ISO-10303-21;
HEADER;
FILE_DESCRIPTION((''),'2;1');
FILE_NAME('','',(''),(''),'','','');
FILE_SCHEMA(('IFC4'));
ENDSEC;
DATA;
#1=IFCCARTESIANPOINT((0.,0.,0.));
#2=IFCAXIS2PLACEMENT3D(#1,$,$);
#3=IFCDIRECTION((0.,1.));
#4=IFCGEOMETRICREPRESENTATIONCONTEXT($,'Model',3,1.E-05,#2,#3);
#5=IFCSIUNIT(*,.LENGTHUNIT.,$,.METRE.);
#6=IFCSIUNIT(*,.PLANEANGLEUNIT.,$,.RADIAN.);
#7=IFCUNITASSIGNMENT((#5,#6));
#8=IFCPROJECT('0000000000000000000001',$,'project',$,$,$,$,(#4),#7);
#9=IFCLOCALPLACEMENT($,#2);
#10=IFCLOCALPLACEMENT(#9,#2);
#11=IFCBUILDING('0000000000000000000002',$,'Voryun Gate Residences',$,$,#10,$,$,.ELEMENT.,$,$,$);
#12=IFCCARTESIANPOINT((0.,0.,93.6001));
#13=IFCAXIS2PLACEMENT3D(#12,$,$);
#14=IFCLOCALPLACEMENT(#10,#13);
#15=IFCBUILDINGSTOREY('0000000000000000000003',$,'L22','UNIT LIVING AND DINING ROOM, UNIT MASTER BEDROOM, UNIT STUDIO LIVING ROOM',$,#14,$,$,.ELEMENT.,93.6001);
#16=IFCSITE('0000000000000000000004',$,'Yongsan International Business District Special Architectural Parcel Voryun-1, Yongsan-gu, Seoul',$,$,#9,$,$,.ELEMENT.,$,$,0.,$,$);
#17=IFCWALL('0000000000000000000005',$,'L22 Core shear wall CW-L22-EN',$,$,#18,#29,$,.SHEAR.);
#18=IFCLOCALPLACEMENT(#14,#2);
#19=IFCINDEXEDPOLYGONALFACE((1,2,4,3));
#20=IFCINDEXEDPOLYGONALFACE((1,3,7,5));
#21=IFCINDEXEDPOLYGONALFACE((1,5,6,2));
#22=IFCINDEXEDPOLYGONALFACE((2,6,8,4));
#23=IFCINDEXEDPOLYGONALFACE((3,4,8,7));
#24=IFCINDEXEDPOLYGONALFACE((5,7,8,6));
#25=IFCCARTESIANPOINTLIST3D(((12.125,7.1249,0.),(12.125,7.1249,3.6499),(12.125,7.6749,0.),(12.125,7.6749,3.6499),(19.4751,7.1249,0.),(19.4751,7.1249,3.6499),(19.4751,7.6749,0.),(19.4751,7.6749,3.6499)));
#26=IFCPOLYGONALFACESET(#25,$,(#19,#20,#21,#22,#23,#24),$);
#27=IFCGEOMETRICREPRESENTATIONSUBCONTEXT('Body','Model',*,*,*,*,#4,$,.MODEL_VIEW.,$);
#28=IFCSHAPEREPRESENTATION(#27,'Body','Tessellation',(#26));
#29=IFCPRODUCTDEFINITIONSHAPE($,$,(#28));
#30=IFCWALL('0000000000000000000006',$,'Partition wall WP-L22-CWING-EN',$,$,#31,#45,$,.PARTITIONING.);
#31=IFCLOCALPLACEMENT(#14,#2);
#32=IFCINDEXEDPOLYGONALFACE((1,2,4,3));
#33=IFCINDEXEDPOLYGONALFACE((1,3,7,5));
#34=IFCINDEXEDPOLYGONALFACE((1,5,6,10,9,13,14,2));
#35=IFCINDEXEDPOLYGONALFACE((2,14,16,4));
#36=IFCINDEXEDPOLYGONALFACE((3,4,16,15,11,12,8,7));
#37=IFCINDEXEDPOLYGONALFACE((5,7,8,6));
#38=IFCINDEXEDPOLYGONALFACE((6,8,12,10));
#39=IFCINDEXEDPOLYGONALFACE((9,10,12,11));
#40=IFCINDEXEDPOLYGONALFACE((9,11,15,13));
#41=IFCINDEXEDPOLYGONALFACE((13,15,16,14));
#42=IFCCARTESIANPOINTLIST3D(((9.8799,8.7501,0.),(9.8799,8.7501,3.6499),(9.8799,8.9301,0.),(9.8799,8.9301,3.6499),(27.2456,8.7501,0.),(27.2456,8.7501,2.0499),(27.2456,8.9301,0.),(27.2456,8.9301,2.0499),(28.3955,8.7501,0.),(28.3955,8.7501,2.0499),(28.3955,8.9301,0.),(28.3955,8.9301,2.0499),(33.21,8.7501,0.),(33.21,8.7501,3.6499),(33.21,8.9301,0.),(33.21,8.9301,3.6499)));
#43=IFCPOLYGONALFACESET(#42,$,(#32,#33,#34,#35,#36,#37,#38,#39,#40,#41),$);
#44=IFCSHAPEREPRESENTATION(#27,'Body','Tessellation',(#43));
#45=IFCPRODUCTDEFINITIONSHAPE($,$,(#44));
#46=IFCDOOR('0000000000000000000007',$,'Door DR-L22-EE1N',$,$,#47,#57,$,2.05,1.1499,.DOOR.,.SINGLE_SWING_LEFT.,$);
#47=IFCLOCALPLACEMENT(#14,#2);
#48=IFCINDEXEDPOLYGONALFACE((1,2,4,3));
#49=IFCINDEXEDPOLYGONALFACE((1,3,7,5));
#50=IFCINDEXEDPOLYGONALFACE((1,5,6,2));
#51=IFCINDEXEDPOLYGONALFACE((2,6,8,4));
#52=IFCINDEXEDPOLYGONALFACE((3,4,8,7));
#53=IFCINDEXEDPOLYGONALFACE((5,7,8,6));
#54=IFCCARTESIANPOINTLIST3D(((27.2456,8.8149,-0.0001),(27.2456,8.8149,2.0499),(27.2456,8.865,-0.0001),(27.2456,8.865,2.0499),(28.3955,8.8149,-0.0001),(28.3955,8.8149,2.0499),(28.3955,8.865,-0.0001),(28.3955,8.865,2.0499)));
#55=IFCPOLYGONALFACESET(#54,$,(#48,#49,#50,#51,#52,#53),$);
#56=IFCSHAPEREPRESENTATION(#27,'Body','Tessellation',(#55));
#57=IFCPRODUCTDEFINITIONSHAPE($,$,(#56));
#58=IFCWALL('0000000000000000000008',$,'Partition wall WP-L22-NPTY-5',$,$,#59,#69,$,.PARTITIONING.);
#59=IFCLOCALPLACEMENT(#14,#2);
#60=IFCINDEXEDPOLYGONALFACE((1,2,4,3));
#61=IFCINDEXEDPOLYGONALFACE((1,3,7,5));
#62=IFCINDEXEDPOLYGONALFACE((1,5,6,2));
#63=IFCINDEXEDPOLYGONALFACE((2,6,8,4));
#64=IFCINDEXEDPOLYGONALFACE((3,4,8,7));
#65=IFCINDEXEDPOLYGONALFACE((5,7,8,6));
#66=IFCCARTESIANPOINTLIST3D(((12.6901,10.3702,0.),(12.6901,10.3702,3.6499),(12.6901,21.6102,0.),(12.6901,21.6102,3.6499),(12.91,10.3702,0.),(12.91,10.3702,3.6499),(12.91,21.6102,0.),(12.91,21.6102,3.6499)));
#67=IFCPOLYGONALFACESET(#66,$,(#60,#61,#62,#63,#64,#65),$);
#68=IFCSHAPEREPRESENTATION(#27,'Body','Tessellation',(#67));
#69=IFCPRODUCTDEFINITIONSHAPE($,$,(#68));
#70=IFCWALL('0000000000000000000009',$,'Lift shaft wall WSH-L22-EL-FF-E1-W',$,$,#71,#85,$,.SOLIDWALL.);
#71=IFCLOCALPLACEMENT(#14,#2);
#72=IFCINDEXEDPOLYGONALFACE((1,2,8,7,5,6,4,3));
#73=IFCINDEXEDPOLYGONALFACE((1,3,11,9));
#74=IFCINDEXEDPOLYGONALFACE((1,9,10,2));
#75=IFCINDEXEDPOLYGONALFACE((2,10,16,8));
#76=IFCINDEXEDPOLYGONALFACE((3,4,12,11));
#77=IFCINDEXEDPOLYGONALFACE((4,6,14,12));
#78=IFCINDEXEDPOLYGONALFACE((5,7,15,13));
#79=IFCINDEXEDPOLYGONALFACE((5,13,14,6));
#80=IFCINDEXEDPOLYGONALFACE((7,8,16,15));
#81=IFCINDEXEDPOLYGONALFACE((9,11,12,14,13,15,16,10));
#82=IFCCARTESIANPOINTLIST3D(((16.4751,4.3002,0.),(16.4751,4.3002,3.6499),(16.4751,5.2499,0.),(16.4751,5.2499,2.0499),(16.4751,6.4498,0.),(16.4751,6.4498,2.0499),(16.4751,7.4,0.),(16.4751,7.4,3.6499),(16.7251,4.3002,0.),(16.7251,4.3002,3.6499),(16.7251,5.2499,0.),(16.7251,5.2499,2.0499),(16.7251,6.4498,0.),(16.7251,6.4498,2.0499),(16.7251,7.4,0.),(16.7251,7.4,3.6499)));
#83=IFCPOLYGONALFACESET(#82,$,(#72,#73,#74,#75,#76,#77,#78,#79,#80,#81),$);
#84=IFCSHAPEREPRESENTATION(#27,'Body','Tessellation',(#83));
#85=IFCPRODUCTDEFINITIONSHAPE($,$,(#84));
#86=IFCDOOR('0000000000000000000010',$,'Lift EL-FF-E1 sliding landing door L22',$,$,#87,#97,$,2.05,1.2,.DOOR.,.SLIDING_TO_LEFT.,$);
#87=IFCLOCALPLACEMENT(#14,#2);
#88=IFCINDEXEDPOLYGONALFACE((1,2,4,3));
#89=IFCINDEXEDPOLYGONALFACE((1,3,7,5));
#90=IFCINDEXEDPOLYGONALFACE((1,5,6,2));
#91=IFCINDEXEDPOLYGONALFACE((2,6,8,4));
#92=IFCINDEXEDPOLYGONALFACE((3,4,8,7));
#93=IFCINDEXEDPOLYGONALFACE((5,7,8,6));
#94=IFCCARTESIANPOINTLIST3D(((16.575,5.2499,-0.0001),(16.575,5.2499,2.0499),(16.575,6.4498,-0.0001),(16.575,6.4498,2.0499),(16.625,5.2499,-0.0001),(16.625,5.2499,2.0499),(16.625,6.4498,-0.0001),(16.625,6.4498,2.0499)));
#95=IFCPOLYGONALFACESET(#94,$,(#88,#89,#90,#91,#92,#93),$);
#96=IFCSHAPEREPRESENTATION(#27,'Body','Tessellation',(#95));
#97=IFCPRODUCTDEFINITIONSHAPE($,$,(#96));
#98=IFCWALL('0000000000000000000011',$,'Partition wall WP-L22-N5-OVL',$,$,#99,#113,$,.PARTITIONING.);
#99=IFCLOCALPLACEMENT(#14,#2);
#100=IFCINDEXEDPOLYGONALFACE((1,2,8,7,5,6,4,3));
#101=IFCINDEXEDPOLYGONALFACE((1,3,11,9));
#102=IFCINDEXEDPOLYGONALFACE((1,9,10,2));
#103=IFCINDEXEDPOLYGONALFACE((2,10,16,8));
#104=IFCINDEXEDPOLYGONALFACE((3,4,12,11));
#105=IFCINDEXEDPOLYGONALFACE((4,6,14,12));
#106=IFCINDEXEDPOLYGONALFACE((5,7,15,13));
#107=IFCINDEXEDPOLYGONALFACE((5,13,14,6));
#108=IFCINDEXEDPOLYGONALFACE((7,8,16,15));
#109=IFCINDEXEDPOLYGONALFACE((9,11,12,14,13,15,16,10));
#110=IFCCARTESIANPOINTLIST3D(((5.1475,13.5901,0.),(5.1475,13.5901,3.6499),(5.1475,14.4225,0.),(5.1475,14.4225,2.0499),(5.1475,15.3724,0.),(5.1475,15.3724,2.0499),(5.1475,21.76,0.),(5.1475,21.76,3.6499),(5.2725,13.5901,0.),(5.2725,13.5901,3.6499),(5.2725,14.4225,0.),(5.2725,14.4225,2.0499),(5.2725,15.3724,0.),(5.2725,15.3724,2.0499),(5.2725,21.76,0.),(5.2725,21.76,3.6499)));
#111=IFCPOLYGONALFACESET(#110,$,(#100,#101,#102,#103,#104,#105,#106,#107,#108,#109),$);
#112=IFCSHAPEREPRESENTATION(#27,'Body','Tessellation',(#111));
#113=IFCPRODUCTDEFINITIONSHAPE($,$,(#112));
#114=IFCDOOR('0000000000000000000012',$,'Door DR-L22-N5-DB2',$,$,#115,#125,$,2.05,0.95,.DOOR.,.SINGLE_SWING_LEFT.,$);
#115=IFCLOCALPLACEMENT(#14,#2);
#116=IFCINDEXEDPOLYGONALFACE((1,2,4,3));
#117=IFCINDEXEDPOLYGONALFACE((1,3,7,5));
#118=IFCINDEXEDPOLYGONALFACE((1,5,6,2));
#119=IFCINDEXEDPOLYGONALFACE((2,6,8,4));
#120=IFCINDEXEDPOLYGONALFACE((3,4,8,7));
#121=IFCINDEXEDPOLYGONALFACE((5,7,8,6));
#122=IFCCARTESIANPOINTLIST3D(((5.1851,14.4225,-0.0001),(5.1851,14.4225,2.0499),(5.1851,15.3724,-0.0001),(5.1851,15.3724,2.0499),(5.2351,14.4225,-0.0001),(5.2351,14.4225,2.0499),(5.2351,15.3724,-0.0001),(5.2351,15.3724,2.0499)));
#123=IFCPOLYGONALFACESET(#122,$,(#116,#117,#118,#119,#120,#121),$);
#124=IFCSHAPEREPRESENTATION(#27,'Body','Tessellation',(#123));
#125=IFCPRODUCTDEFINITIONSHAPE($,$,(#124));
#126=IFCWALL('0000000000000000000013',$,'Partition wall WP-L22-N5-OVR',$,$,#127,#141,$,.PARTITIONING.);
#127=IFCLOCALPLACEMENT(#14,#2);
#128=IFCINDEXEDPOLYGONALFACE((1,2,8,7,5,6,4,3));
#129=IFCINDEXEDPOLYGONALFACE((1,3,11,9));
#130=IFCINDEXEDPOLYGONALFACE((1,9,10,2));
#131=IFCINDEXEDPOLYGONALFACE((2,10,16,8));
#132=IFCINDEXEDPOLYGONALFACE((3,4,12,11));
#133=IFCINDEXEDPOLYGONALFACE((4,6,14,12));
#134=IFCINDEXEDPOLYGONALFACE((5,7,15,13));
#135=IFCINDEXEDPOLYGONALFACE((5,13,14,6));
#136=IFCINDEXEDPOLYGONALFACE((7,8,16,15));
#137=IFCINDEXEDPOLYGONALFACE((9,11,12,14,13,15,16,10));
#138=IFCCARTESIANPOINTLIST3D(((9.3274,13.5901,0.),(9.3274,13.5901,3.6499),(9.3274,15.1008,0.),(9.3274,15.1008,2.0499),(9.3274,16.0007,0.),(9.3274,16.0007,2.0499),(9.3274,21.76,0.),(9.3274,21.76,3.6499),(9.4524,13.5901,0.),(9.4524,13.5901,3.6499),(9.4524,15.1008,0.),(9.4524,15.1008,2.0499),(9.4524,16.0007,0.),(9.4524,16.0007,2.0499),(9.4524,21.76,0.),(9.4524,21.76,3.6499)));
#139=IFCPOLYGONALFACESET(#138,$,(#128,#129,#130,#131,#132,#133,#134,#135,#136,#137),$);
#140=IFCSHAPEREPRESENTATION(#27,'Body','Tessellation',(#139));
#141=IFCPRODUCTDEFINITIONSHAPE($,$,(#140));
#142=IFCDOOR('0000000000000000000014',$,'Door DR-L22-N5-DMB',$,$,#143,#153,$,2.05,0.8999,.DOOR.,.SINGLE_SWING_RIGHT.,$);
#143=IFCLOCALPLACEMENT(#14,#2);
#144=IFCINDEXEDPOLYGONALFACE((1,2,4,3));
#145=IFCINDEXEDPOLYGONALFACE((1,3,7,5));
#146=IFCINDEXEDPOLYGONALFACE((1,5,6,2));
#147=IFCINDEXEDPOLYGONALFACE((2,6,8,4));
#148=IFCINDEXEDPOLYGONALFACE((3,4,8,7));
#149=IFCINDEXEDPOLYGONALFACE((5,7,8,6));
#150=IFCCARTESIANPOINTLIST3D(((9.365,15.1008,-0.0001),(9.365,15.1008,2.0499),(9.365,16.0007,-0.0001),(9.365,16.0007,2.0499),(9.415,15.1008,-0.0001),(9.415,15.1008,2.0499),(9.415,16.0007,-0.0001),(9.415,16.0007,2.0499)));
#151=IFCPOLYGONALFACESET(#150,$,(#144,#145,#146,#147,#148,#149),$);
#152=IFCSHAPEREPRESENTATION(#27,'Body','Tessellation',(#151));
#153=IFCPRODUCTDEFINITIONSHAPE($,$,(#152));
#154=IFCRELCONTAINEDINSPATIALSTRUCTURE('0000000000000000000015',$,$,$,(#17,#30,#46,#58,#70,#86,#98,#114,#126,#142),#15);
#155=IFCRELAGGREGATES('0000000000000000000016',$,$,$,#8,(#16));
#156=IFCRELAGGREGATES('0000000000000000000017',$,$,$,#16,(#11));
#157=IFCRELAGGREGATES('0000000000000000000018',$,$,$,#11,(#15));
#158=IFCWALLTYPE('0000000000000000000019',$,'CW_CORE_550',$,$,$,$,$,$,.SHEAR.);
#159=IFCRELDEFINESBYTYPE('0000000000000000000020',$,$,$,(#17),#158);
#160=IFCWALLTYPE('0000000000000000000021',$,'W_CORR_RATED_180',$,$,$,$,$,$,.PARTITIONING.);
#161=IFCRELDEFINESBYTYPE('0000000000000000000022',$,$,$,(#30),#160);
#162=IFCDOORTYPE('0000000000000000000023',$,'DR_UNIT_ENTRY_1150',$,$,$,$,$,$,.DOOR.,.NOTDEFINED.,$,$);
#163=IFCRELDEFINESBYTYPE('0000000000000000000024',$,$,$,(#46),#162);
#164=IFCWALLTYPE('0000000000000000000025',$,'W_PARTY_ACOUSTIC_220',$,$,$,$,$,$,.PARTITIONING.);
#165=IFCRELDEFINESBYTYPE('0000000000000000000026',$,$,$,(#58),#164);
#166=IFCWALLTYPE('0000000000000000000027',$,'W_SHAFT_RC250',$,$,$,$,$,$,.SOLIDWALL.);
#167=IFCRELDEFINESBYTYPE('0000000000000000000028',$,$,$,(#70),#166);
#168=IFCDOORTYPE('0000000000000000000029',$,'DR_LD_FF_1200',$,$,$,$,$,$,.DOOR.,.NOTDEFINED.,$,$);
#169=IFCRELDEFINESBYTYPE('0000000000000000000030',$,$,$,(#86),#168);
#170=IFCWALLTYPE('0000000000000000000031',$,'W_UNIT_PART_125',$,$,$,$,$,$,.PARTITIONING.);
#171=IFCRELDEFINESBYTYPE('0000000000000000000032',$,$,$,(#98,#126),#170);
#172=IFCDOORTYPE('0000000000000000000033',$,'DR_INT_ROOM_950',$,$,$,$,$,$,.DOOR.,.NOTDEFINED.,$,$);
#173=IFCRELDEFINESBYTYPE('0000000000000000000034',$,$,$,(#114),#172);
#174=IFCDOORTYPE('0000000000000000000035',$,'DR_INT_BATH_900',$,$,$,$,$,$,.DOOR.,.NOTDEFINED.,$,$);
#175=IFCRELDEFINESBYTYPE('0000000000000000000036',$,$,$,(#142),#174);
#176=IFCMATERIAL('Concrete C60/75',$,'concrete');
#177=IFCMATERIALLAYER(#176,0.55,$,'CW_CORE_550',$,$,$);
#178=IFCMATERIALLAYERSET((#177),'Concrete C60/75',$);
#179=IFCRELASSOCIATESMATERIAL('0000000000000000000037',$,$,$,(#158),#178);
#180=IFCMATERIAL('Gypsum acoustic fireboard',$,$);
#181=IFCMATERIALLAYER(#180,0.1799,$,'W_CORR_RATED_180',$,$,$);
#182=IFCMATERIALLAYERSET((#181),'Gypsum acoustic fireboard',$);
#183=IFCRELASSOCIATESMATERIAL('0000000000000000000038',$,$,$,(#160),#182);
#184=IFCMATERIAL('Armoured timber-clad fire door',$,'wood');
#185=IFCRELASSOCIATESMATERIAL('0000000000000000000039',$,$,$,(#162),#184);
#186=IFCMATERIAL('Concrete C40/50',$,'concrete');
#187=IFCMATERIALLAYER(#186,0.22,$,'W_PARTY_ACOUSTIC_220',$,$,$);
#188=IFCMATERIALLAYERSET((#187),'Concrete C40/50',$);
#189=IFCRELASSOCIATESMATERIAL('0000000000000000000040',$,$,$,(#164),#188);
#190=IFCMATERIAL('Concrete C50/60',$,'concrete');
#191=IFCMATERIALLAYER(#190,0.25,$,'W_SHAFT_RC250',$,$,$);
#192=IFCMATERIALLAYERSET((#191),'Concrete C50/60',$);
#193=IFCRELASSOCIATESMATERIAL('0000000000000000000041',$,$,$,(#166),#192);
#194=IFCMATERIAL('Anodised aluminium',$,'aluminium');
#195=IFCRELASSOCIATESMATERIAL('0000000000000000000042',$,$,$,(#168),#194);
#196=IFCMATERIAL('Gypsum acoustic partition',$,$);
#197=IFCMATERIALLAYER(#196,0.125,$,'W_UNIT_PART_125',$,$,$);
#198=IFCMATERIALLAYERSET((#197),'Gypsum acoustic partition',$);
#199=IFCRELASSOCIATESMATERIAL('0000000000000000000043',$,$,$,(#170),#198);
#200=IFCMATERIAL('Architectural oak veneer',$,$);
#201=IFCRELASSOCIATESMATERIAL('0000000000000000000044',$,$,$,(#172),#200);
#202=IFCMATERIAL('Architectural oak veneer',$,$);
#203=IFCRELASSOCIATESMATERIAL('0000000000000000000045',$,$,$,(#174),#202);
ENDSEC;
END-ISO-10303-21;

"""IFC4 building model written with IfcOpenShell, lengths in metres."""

from ifc_helpers import new_model, si_unit, direction, frame, frame_2d, origin, place, context, subcontext, project, spatial, rectangle, extrude, material, layer, layer_set, type_object, element, fill, save


model = new_model("IFC4")

# Units and contexts
model_context = context("Model", 3, precision=1e-05, world=origin(), true_north=direction((0.0, 1.0)))
body_context = subcontext(model_context, "Body", "Model", "MODEL_VIEW")
ifc_project = project(units=[si_unit("LENGTHUNIT", "METRE"), si_unit("PLANEANGLEUNIT", "RADIAN")], contexts=[model_context])

# Site, building, storey
site_placement = place(None, origin())
site = spatial("IfcSite", under=ifc_project, at=site_placement, Name="Yongsan International Business District Special Architectural Parcel Voryun-1, Yongsan-gu, Seoul", CompositionType="ELEMENT", RefElevation=0.0)
building_placement = place(site_placement, origin())
building = spatial("IfcBuilding", under=site, at=building_placement, Name="Voryun Gate Residences", CompositionType="ELEMENT")
storey_placement = place(building_placement, frame((0.0, 0.0, 93.6001)))
storey = spatial("IfcBuildingStorey", under=building, at=storey_placement, Name="L22", Description="UNIT LIVING AND DINING ROOM, UNIT MASTER BEDROOM, UNIT STUDIO LIVING ROOM", CompositionType="ELEMENT", Elevation=93.6001)

# Wall
ifc_material_1 = material(Name="Concrete C60/75", Category="concrete")
ifc_layer_1 = layer(ifc_material_1, 0.55, Name="CW_CORE_550")
ifc_layer_set_1 = layer_set([ifc_layer_1], Name="Concrete C60/75")
wall_type_1 = type_object("IfcWallType", Name="CW_CORE_550", PredefinedType="SHEAR", material=ifc_layer_set_1)
wall_1_placement = place(storey_placement, frame((12.125, 7.3999, 0.0), z_axis=(0.0, 0.0, 1.0), x_axis=(1.0, 0.0, 0.0)))
element("IfcWall", 1, at=wall_1_placement, inside=storey, type_object=wall_type_1, Name="L22 Core shear wall CW-L22-EN", PredefinedType="SHEAR", context=body_context, shape_type="SweptSolid", body=[
    extrude(rectangle(XDim=7.3501, YDim=0.55, at=frame_2d((3.675, 0.0))), origin(), (0.0, 0.0, 1.0), 3.6499),
])

# Wall, opening, door
ifc_material_2 = material(Name="Gypsum acoustic fireboard")
ifc_layer_2 = layer(ifc_material_2, 0.1799, Name="W_CORR_RATED_180")
ifc_layer_set_2 = layer_set([ifc_layer_2], Name="Gypsum acoustic fireboard")
wall_type_2 = type_object("IfcWallType", Name="W_CORR_RATED_180", PredefinedType="PARTITIONING", material=ifc_layer_set_2)
wall_2_placement = place(storey_placement, frame((9.8799, 8.8401, 0.0), z_axis=(0.0, 0.0, 1.0), x_axis=(1.0, 0.0, 0.0)))
wall_2 = element("IfcWall", 2, at=wall_2_placement, inside=storey, type_object=wall_type_2, Name="Partition wall WP-L22-CWING-EN", PredefinedType="PARTITIONING", context=body_context, shape_type="SweptSolid", body=[
    extrude(rectangle(XDim=23.3301, YDim=0.1799, at=frame_2d((11.665, 0.0))), origin(), (0.0, 0.0, 1.0), 3.6499),
])
opening_1_placement = place(wall_2_placement, frame((17.3657, 0.0, 0.0)))
opening_1 = element("IfcOpeningElement", 3, at=opening_1_placement, cuts=wall_2, PredefinedType="OPENING", context=body_context, shape_type="SweptSolid", body=[
    extrude(rectangle(XDim=1.1499, YDim=2.05, at=frame_2d((0.575, 1.0249))), frame((0.0, 0.0999, 0.0), z_axis=(0.0, -1.0, 0.0), x_axis=(1.0, 0.0, 0.0)), (0.0, 0.0, 1.0), 0.2),
])
ifc_material_3 = material(Name="Armoured timber-clad fire door", Category="wood")
door_type_1 = type_object("IfcDoorType", Name="DR_UNIT_ENTRY_1150", OperationType="NOTDEFINED", PredefinedType="DOOR", material=ifc_material_3)
door_1_placement = place(opening_1_placement, origin())
door_1 = element("IfcDoor", 4, at=door_1_placement, inside=storey, type_object=door_type_1, Name="Door DR-L22-EE1N", OperationType="SINGLE_SWING_LEFT", OverallHeight=2.05, OverallWidth=1.1499, PredefinedType="DOOR", context=body_context, shape_type="SweptSolid", body=[
    extrude(rectangle(XDim=1.1499, YDim=2.05, at=frame_2d((0.575, 1.0249))), frame((0.0, 0.0249, 0.0), z_axis=(0.0, -1.0, 0.0), x_axis=(1.0, 0.0, 0.0)), (0.0, 0.0, 1.0), 0.05),
])
fill(opening_1, door_1)

# Wall
ifc_material_4 = material(Name="Concrete C40/50", Category="concrete")
ifc_layer_3 = layer(ifc_material_4, 0.22, Name="W_PARTY_ACOUSTIC_220")
ifc_layer_set_3 = layer_set([ifc_layer_3], Name="Concrete C40/50")
wall_type_3 = type_object("IfcWallType", Name="W_PARTY_ACOUSTIC_220", PredefinedType="PARTITIONING", material=ifc_layer_set_3)
wall_3_placement = place(storey_placement, frame((12.8, 10.3701, 0.0), z_axis=(0.0, 0.0, 1.0), x_axis=(0.0, 1.0, 0.0)))
element("IfcWall", 5, at=wall_3_placement, inside=storey, type_object=wall_type_3, Name="Partition wall WP-L22-NPTY-5", PredefinedType="PARTITIONING", context=body_context, shape_type="SweptSolid", body=[
    extrude(rectangle(XDim=11.24, YDim=0.22, at=frame_2d((5.6201, 0.0))), origin(), (0.0, 0.0, 1.0), 3.6499),
])

# Walls, openings, doors
ifc_material_5 = material(Name="Concrete C50/60", Category="concrete")
ifc_layer_4 = layer(ifc_material_5, 0.25, Name="W_SHAFT_RC250")
ifc_layer_set_4 = layer_set([ifc_layer_4], Name="Concrete C50/60")
wall_type_4 = type_object("IfcWallType", Name="W_SHAFT_RC250", PredefinedType="SOLIDWALL", material=ifc_layer_set_4)
wall_4_placement = place(storey_placement, frame((16.6001, 7.3999, 0.0), z_axis=(0.0, 0.0, 1.0), x_axis=(0.0, -1.0, 0.0)))
wall_4 = element("IfcWall", 6, at=wall_4_placement, inside=storey, type_object=wall_type_4, Name="Lift shaft wall WSH-L22-EL-FF-E1-W", PredefinedType="SOLIDWALL", context=body_context, shape_type="SweptSolid", body=[
    extrude(rectangle(XDim=3.0999, YDim=0.25, at=frame_2d((1.5498, 0.0))), origin(), (0.0, 0.0, 1.0), 3.6499),
])
opening_2_placement = place(wall_4_placement, frame((0.95, 0.0, 0.0)))
opening_2 = element("IfcOpeningElement", 7, at=opening_2_placement, cuts=wall_4, PredefinedType="OPENING", context=body_context, shape_type="SweptSolid", body=[
    extrude(rectangle(XDim=1.2, YDim=2.05, at=frame_2d((0.6001, 1.0249))), frame((0.0, 0.135, 0.0), z_axis=(0.0, -1.0, 0.0), x_axis=(1.0, 0.0, 0.0)), (0.0, 0.0, 1.0), 0.27),
])
ifc_material_6 = material(Name="Anodised aluminium", Category="aluminium")
door_type_2 = type_object("IfcDoorType", Name="DR_LD_FF_1200", OperationType="NOTDEFINED", PredefinedType="DOOR", material=ifc_material_6)
door_2_placement = place(opening_2_placement, origin())
door_2 = element("IfcDoor", 8, at=door_2_placement, inside=storey, type_object=door_type_2, Name="Lift EL-FF-E1 sliding landing door L22", OperationType="SLIDING_TO_LEFT", OverallHeight=2.05, OverallWidth=1.2, PredefinedType="DOOR", context=body_context, shape_type="SweptSolid", body=[
    extrude(rectangle(XDim=1.2, YDim=2.05, at=frame_2d((0.6001, 1.0249))), frame((0.0, 0.0249, 0.0), z_axis=(0.0, -1.0, 0.0), x_axis=(1.0, 0.0, 0.0)), (0.0, 0.0, 1.0), 0.05),
])
fill(opening_2, door_2)
ifc_material_7 = material(Name="Gypsum acoustic partition")
ifc_layer_5 = layer(ifc_material_7, 0.125, Name="W_UNIT_PART_125")
ifc_layer_set_5 = layer_set([ifc_layer_5], Name="Gypsum acoustic partition")
wall_type_5 = type_object("IfcWallType", Name="W_UNIT_PART_125", PredefinedType="PARTITIONING", material=ifc_layer_set_5)
wall_5_placement = place(storey_placement, frame((5.21, 13.5901, 0.0), z_axis=(0.0, 0.0, 1.0), x_axis=(0.0, 1.0, 0.0)))
wall_5 = element("IfcWall", 9, at=wall_5_placement, inside=storey, type_object=wall_type_5, Name="Partition wall WP-L22-N5-OVL", PredefinedType="PARTITIONING", context=body_context, shape_type="SweptSolid", body=[
    extrude(rectangle(XDim=8.1699, YDim=0.125, at=frame_2d((4.085, 0.0))), origin(), (0.0, 0.0, 1.0), 3.6499),
])
opening_3_placement = place(wall_5_placement, frame((0.8323, 0.0, 0.0)))
opening_3 = element("IfcOpeningElement", 10, at=opening_3_placement, cuts=wall_5, PredefinedType="OPENING", context=body_context, shape_type="SweptSolid", body=[
    extrude(rectangle(XDim=0.95, YDim=2.05, at=frame_2d((0.4751, 1.0249))), frame((0.0, 0.0725, 0.0), z_axis=(0.0, -1.0, 0.0), x_axis=(1.0, 0.0, 0.0)), (0.0, 0.0, 1.0), 0.145),
])
ifc_material_8 = material(Name="Architectural oak veneer")
door_type_3 = type_object("IfcDoorType", Name="DR_INT_ROOM_950", OperationType="NOTDEFINED", PredefinedType="DOOR", material=ifc_material_8)
door_3_placement = place(opening_3_placement, origin())
door_3 = element("IfcDoor", 11, at=door_3_placement, inside=storey, type_object=door_type_3, Name="Door DR-L22-N5-DB2", OperationType="SINGLE_SWING_LEFT", OverallHeight=2.05, OverallWidth=0.95, PredefinedType="DOOR", context=body_context, shape_type="SweptSolid", body=[
    extrude(rectangle(XDim=0.95, YDim=2.05, at=frame_2d((0.4751, 1.0249))), frame((0.0, 0.0249, 0.0), z_axis=(0.0, -1.0, 0.0), x_axis=(1.0, 0.0, 0.0)), (0.0, 0.0, 1.0), 0.05),
])
fill(opening_3, door_3)
wall_6_placement = place(storey_placement, frame((9.3899, 13.5901, 0.0), z_axis=(0.0, 0.0, 1.0), x_axis=(0.0, 1.0, 0.0)))
wall_6 = element("IfcWall", 12, at=wall_6_placement, inside=storey, type_object=wall_type_5, Name="Partition wall WP-L22-N5-OVR", PredefinedType="PARTITIONING", context=body_context, shape_type="SweptSolid", body=[
    extrude(rectangle(XDim=8.1699, YDim=0.125, at=frame_2d((4.085, 0.0))), origin(), (0.0, 0.0, 1.0), 3.6499),
])
opening_4_placement = place(wall_6_placement, frame((1.5107, 0.0, 0.0)))
opening_4 = element("IfcOpeningElement", 13, at=opening_4_placement, cuts=wall_6, PredefinedType="OPENING", context=body_context, shape_type="SweptSolid", body=[
    extrude(rectangle(XDim=0.8999, YDim=2.05, at=frame_2d((0.45, 1.0249))), frame((0.0, 0.0725, 0.0), z_axis=(0.0, -1.0, 0.0), x_axis=(1.0, 0.0, 0.0)), (0.0, 0.0, 1.0), 0.145),
])
ifc_material_9 = material(Name="Architectural oak veneer")
door_type_4 = type_object("IfcDoorType", Name="DR_INT_BATH_900", OperationType="NOTDEFINED", PredefinedType="DOOR", material=ifc_material_9)
door_4_placement = place(opening_4_placement, origin())
door_4 = element("IfcDoor", 14, at=door_4_placement, inside=storey, type_object=door_type_4, Name="Door DR-L22-N5-DMB", OperationType="SINGLE_SWING_RIGHT", OverallHeight=2.05, OverallWidth=0.8999, PredefinedType="DOOR", context=body_context, shape_type="SweptSolid", body=[
    extrude(rectangle(XDim=0.8999, YDim=2.05, at=frame_2d((0.45, 1.0249))), frame((0.0, 0.0249, 0.0), z_axis=(0.0, -1.0, 0.0), x_axis=(1.0, 0.0, 0.0)), (0.0, 0.0, 1.0), 0.05),
])
fill(opening_4, door_4)

save(model, "model.ifc")
